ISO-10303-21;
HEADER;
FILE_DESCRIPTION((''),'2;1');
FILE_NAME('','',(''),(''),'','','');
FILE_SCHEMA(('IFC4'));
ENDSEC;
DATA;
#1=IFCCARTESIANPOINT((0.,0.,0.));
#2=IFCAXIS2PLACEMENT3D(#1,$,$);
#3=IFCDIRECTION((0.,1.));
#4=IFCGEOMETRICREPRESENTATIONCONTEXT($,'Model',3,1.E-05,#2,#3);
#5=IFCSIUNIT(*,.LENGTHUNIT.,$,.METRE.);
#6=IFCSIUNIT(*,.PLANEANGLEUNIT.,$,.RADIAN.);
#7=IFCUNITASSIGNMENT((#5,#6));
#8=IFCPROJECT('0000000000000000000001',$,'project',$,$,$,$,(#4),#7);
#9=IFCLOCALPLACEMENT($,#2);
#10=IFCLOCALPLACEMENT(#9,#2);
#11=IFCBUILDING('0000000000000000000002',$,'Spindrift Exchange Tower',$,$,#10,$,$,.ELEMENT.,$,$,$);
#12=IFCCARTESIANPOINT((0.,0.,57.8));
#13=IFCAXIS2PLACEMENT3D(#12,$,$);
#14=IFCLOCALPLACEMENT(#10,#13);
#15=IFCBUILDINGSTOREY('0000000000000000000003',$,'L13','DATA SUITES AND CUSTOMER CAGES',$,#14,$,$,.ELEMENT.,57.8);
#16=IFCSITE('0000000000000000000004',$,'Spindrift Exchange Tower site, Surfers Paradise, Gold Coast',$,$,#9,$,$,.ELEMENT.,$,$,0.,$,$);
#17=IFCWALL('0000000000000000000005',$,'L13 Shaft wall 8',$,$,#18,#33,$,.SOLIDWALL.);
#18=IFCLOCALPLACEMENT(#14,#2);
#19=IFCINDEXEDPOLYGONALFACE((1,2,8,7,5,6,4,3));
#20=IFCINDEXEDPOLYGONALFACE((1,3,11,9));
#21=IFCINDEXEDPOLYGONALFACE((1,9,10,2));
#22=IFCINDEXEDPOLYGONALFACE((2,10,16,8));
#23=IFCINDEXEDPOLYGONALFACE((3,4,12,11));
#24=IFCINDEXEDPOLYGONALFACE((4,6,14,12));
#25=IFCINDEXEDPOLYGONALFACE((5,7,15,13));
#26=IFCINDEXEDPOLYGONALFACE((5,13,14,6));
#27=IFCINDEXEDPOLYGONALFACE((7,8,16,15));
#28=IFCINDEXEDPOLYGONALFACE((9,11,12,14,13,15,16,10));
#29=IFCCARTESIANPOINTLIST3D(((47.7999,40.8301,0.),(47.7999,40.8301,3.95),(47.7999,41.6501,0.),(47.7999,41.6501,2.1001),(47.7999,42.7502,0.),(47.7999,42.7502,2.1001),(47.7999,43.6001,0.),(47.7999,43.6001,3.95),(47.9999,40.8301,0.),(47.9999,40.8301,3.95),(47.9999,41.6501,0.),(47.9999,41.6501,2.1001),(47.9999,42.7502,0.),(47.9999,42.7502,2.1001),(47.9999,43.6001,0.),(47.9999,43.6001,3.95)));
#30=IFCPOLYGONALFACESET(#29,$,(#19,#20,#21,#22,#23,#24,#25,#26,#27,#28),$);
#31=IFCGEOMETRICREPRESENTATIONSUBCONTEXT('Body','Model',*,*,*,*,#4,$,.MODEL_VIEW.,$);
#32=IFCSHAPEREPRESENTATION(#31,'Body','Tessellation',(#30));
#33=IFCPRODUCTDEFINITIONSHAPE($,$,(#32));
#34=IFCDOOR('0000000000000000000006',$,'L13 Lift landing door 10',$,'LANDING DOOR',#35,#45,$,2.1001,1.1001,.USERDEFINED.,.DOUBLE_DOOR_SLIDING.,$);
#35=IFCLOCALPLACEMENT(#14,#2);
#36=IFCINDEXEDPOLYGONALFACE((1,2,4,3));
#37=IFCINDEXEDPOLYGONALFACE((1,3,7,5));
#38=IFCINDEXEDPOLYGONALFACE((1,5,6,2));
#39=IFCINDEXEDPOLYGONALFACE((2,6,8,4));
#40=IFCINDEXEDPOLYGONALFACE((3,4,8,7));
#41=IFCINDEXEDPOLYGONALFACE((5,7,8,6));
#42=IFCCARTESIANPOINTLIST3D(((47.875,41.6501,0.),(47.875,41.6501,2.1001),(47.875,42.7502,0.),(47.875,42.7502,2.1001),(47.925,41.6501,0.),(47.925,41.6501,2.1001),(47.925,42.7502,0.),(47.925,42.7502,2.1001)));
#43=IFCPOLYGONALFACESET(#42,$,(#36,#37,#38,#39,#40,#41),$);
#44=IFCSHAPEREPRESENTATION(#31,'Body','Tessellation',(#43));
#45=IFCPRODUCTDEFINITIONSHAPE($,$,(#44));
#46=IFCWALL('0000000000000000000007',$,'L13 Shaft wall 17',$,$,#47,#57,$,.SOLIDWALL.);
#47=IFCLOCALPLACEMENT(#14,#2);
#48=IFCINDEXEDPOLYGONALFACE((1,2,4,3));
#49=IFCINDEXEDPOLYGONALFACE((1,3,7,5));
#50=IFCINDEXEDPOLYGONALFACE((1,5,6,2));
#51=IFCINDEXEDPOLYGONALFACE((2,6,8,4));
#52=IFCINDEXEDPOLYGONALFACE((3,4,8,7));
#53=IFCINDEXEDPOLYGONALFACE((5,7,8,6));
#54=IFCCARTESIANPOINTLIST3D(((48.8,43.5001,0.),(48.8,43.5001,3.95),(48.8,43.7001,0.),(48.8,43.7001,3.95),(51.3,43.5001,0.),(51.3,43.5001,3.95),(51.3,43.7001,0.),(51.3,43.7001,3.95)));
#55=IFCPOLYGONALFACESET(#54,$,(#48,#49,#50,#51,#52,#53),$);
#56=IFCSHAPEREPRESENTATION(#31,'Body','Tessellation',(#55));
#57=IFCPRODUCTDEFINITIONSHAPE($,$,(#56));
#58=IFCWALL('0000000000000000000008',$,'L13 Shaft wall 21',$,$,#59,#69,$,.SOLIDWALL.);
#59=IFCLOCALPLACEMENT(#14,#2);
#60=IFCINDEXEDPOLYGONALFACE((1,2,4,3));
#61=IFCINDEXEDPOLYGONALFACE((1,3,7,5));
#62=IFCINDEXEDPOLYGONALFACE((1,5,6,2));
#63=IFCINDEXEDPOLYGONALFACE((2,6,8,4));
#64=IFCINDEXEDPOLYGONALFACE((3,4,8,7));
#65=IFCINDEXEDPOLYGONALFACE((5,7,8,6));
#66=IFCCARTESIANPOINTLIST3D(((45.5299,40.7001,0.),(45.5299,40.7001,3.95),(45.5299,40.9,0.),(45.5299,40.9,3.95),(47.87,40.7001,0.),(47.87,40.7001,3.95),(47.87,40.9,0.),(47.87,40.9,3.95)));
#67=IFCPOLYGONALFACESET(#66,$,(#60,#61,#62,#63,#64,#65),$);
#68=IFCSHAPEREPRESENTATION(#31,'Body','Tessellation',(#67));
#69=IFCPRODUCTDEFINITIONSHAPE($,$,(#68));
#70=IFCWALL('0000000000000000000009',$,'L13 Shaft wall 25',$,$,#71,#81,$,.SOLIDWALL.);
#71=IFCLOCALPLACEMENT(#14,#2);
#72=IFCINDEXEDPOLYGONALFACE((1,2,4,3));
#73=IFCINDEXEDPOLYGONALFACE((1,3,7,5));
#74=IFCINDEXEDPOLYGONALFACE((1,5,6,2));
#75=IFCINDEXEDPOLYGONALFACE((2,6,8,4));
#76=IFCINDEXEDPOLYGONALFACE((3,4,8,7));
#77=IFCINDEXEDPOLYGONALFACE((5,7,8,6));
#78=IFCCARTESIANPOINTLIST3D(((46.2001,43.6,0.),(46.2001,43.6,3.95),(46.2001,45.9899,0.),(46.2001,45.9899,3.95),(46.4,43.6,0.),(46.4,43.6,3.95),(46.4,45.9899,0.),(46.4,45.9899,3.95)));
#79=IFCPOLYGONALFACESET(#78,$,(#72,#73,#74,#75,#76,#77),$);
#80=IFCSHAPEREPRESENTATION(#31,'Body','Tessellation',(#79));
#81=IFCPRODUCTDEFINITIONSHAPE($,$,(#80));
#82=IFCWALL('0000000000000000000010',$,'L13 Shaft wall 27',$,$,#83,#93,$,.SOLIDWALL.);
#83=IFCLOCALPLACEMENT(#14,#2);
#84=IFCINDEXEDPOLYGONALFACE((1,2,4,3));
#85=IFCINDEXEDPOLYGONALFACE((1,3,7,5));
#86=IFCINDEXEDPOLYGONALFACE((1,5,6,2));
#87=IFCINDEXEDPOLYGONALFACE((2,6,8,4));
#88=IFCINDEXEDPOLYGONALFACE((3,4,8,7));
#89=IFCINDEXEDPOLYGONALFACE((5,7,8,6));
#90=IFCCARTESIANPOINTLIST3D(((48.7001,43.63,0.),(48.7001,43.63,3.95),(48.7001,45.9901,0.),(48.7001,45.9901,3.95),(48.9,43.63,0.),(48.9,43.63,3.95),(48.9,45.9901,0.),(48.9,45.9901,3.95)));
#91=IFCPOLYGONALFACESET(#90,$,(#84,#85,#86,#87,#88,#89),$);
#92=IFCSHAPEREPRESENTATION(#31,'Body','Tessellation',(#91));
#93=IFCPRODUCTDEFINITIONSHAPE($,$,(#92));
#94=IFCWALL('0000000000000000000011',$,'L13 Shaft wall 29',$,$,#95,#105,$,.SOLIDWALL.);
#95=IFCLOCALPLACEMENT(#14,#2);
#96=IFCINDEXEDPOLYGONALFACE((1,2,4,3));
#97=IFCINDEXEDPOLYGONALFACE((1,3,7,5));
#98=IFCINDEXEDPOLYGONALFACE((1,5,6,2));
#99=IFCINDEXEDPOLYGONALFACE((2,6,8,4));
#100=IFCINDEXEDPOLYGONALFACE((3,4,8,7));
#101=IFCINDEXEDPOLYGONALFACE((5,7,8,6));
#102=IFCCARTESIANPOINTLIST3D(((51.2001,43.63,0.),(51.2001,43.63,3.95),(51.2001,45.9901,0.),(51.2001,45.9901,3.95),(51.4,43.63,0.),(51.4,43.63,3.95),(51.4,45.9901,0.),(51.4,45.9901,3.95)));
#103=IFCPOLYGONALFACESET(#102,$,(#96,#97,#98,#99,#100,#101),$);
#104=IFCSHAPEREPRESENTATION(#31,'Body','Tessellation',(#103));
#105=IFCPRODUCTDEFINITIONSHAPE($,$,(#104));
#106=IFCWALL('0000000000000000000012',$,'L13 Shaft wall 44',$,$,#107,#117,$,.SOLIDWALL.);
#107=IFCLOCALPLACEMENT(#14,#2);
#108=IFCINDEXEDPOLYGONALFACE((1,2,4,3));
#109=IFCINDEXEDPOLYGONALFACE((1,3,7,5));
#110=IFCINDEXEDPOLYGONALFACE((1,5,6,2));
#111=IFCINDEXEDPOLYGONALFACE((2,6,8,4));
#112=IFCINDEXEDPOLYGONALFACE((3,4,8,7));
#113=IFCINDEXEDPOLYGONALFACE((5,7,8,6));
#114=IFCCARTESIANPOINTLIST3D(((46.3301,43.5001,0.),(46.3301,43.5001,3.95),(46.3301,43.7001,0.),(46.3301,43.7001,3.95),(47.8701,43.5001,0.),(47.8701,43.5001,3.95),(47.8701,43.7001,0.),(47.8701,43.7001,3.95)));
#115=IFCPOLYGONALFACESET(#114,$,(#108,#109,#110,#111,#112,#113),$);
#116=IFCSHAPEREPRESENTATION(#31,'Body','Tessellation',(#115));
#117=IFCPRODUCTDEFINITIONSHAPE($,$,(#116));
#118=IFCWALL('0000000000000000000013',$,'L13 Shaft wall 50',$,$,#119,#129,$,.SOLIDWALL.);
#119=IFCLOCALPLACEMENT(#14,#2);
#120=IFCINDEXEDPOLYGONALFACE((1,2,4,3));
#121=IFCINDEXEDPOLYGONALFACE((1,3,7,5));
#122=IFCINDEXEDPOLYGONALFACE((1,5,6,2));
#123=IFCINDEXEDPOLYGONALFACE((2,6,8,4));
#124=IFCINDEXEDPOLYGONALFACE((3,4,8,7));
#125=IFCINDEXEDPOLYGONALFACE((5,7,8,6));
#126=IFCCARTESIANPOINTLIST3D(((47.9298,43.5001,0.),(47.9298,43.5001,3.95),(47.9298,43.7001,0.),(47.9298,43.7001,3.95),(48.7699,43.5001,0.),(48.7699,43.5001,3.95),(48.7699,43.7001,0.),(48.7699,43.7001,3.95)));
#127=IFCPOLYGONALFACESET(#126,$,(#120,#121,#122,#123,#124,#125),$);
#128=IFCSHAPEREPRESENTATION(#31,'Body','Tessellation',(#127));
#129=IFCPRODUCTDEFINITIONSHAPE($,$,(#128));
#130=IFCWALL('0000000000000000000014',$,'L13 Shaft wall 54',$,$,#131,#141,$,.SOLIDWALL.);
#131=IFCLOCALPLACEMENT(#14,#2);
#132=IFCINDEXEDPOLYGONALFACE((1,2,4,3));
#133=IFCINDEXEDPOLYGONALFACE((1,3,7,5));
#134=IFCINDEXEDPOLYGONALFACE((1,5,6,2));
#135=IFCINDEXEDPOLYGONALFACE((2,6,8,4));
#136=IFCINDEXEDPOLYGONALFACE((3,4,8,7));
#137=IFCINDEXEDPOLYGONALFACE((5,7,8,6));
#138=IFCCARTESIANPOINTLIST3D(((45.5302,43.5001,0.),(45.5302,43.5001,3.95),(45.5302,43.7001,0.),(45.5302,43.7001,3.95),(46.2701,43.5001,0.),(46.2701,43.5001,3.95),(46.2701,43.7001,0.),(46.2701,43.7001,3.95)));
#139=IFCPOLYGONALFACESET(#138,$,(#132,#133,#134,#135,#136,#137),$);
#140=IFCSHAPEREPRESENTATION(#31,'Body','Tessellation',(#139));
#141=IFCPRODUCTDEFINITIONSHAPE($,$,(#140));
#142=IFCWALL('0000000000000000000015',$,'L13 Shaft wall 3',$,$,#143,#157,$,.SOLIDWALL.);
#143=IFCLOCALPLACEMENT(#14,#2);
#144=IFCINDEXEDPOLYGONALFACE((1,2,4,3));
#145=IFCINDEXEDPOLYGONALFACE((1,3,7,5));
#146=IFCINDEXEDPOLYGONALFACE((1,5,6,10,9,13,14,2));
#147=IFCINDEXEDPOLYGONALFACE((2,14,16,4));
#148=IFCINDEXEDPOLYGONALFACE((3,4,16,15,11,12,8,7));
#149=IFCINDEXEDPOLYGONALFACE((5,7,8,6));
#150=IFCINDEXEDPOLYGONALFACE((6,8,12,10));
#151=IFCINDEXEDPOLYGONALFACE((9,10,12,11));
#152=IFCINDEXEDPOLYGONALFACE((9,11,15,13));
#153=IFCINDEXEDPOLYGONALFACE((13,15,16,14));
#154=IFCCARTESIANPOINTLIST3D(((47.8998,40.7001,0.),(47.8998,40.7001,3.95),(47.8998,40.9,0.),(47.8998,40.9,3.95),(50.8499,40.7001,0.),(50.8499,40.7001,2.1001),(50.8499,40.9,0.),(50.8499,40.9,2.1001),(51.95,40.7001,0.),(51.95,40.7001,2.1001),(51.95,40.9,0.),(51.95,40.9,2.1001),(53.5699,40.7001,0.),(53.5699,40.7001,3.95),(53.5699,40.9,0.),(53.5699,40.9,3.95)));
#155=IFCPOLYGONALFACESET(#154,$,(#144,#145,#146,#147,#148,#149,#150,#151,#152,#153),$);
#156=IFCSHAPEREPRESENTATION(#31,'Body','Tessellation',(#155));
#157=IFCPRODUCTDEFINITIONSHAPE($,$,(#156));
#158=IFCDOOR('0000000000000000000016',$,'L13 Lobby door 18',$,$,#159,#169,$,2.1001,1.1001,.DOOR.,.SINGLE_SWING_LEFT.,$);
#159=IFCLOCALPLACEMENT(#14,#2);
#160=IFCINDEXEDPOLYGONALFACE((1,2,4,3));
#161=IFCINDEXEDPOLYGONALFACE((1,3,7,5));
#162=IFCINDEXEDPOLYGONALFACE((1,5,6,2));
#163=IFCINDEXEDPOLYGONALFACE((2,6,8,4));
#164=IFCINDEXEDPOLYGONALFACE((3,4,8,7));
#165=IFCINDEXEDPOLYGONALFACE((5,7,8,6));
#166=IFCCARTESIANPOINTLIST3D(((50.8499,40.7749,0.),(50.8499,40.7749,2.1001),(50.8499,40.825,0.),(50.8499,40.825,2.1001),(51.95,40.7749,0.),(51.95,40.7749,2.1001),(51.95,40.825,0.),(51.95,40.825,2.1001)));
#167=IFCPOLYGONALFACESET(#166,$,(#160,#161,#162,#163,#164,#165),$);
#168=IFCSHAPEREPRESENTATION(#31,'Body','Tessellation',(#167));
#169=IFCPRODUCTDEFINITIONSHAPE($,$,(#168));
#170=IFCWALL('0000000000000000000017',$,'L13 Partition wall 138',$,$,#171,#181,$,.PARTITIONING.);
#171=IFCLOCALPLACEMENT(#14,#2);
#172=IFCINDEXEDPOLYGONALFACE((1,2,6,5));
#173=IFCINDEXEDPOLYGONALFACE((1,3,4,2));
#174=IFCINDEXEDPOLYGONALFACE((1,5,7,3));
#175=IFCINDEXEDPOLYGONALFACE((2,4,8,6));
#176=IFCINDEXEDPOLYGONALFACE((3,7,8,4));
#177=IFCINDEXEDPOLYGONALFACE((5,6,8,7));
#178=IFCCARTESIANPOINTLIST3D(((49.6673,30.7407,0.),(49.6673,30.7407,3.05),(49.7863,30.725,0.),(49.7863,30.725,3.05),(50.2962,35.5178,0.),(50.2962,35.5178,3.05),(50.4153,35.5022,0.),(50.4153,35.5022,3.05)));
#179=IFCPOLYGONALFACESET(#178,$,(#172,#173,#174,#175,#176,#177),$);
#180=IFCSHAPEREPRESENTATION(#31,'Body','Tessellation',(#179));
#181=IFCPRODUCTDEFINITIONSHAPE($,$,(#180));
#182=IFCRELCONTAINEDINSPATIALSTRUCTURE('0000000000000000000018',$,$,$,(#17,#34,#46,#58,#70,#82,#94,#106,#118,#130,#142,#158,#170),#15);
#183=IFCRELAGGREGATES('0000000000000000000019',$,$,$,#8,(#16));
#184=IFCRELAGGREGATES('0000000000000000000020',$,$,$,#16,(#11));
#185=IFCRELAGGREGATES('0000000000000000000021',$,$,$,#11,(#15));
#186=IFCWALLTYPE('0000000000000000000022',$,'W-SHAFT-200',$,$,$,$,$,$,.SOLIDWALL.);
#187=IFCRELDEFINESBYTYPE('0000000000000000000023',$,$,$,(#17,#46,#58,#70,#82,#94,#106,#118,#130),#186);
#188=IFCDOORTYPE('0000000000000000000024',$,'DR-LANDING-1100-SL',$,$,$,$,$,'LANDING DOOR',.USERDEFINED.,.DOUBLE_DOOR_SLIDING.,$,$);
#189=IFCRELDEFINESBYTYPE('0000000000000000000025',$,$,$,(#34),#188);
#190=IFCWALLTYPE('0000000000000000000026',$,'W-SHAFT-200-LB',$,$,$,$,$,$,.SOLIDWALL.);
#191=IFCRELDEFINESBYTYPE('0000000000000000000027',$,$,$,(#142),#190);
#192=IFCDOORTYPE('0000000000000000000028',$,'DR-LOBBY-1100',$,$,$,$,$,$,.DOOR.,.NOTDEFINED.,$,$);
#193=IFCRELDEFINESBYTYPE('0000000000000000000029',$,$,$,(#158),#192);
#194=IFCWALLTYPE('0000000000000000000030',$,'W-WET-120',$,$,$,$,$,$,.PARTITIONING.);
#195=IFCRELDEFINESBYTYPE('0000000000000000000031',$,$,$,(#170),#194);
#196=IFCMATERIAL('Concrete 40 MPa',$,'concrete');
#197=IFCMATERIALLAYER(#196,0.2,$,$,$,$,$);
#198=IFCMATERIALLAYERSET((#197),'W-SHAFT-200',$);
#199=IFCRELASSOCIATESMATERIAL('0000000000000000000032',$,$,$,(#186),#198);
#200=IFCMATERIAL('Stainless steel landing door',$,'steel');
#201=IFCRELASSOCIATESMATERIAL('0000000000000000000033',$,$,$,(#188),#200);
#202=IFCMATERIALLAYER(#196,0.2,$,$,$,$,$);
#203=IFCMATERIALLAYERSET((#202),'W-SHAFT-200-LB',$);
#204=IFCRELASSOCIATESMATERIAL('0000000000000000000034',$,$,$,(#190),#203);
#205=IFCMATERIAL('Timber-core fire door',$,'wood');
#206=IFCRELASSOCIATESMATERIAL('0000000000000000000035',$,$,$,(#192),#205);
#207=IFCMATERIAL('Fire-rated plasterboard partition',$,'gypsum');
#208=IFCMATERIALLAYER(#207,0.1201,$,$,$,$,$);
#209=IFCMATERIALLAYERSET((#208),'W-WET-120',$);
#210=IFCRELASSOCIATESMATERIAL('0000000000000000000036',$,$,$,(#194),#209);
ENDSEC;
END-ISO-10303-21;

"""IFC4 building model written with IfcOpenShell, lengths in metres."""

from ifc_helpers import new_model, si_unit, direction, frame, frame_2d, origin, place, context, subcontext, project, spatial, rectangle, extrude, source, transform, mapped, material, layer, layer_set, type_object, element, fill, save


model = new_model("IFC4")

# Units and contexts
model_context = context("Model", 3, precision=1e-05, world=origin(), true_north=direction((0.0, 1.0)))
body_context = subcontext(model_context, "Body", "Model", "MODEL_VIEW")
ifc_project = project(units=[si_unit("LENGTHUNIT", "METRE"), si_unit("PLANEANGLEUNIT", "RADIAN")], contexts=[model_context])

# Site, building, storey
site_placement = place(None, origin())
site = spatial("IfcSite", under=ifc_project, at=site_placement, Name="Spindrift Exchange Tower site, Surfers Paradise, Gold Coast", CompositionType="ELEMENT", RefElevation=0.0)
building_placement = place(site_placement, origin())
building = spatial("IfcBuilding", under=site, at=building_placement, Name="Spindrift Exchange Tower", CompositionType="ELEMENT")
storey_placement = place(building_placement, frame((0.0, 0.0, 57.8)))
storey = spatial("IfcBuildingStorey", under=building, at=storey_placement, Name="L13", Description="DATA SUITES AND CUSTOMER CAGES", CompositionType="ELEMENT", Elevation=57.8)

# Shared definitions
ifc_material_1 = material(Name="Fire-rated plasterboard partition", Category="gypsum")
ifc_material_2 = material(Name="Concrete 40 MPa", Category="concrete")
ifc_layer_1 = layer(ifc_material_2, 0.2)
ifc_layer_set_1 = layer_set([ifc_layer_1], Name="W-SHAFT-200")
wall_type_1 = type_object("IfcWallType", Name="W-SHAFT-200", PredefinedType="SOLIDWALL", material=ifc_layer_set_1)

# Wall, opening, door
wall_1_placement = place(storey_placement, frame((47.8999, 40.8301, 0.0), z_axis=(0.0, 0.0, 1.0), x_axis=(0.0, 1.0, 0.0)))
wall_1 = element("IfcWall", 1, at=wall_1_placement, inside=storey, type_object=wall_type_1, Name="L13 Shaft wall 8", PredefinedType="SOLIDWALL", context=body_context, shape_type="SweptSolid", body=[
    extrude(rectangle(XDim=2.77, YDim=0.2, at=frame_2d((1.385, 0.0))), origin(), (0.0, 0.0, 1.0), 3.95),
])
opening_1_placement = place(wall_1_placement, frame((0.8201, 0.0, 0.0)))
opening_1 = element("IfcOpeningElement", 2, at=opening_1_placement, cuts=wall_1, PredefinedType="OPENING", context=body_context, shape_type="SweptSolid", body=[
    extrude(rectangle(XDim=1.1001, YDim=2.1001, at=frame_2d((0.55, 1.05))), frame((0.0, 0.1099, 0.0), z_axis=(0.0, -1.0, 0.0), x_axis=(1.0, 0.0, 0.0)), (0.0, 0.0, 1.0), 0.22),
])
ifc_material_3 = material(Name="Stainless steel landing door", Category="steel")
door_type_1 = type_object("IfcDoorType", Name="DR-LANDING-1100-SL", ElementType="LANDING DOOR", OperationType="DOUBLE_DOOR_SLIDING", PredefinedType="USERDEFINED", material=ifc_material_3)
shared_shape_1 = source(origin(), body_context, "Body", "SweptSolid", [
    extrude(rectangle(XDim=1.1001, YDim=2.1001, at=frame_2d((0.55, 1.05))), frame((0.0, 0.0249, 0.0), z_axis=(0.0, -1.0, 0.0), x_axis=(1.0, 0.0, 0.0)), (0.0, 0.0, 1.0), 0.05),
])
door_1_placement = place(opening_1_placement, origin())
door_1 = element("IfcDoor", 3, at=door_1_placement, inside=storey, type_object=door_type_1, Name="L13 Lift landing door 10", ObjectType="LANDING DOOR", OperationType="DOUBLE_DOOR_SLIDING", OverallHeight=2.1001, OverallWidth=1.1001, PredefinedType="USERDEFINED", context=body_context, shape_type="MappedRepresentation", body=[
    mapped(shared_shape_1, transform((0.0, 0.0, 0.0), scale=1.0)),
])
fill(opening_1, door_1)

# Walls
wall_2_placement = place(storey_placement, frame((48.8, 43.6001, 0.0), z_axis=(0.0, 0.0, 1.0), x_axis=(1.0, 0.0, 0.0)))
element("IfcWall", 4, at=wall_2_placement, inside=storey, type_object=wall_type_1, Name="L13 Shaft wall 17", PredefinedType="SOLIDWALL", context=body_context, shape_type="SweptSolid", body=[
    extrude(rectangle(XDim=2.5, YDim=0.2, at=frame_2d((1.25, 0.0))), origin(), (0.0, 0.0, 1.0), 3.95),
])
wall_3_placement = place(storey_placement, frame((45.53, 40.8, 0.0), z_axis=(0.0, 0.0, 1.0), x_axis=(1.0, 0.0, 0.0)))
element("IfcWall", 5, at=wall_3_placement, inside=storey, type_object=wall_type_1, Name="L13 Shaft wall 21", PredefinedType="SOLIDWALL", context=body_context, shape_type="SweptSolid", body=[
    extrude(rectangle(XDim=2.3401, YDim=0.2, at=frame_2d((1.1699, 0.0))), origin(), (0.0, 0.0, 1.0), 3.95),
])
wall_4_placement = place(storey_placement, frame((46.3, 43.6001, 0.0), z_axis=(0.0, 0.0, 1.0), x_axis=(0.0, 1.0, 0.0)))
element("IfcWall", 6, at=wall_4_placement, inside=storey, type_object=wall_type_1, Name="L13 Shaft wall 25", PredefinedType="SOLIDWALL", context=body_context, shape_type="SweptSolid", body=[
    extrude(rectangle(XDim=2.3899, YDim=0.2, at=frame_2d((1.1948, 0.0))), origin(), (0.0, 0.0, 1.0), 3.95),
])
for number, where, z_axis, x_axis, name in (
    (7, (48.8, 43.6299, 0.0), (0.0, 0.0, 1.0), (0.0, 1.0, 0.0), "L13 Shaft wall 27"),
    (8, (51.3, 43.6299, 0.0), (0.0, 0.0, 1.0), (0.0, 1.0, 0.0), "L13 Shaft wall 29"),
):
    element("IfcWall", number, at=place(storey_placement, frame(where, z_axis=z_axis, x_axis=x_axis)), inside=storey, type_object=wall_type_1, Name=name, PredefinedType="SOLIDWALL", context=body_context, shape_type="SweptSolid", body=[
        extrude(rectangle(XDim=2.3601, YDim=0.2, at=frame_2d((1.1802, 0.0))), origin(), (0.0, 0.0, 1.0), 3.95),
    ])
wall_5_placement = place(storey_placement, frame((46.3301, 43.6001, 0.0), z_axis=(0.0, 0.0, 1.0), x_axis=(1.0, 0.0, 0.0)))
element("IfcWall", 9, at=wall_5_placement, inside=storey, type_object=wall_type_1, Name="L13 Shaft wall 44", PredefinedType="SOLIDWALL", context=body_context, shape_type="SweptSolid", body=[
    extrude(rectangle(XDim=1.54, YDim=0.2, at=frame_2d((0.77, 0.0))), origin(), (0.0, 0.0, 1.0), 3.95),
])
wall_6_placement = place(storey_placement, frame((47.9299, 43.6001, 0.0), z_axis=(0.0, 0.0, 1.0), x_axis=(1.0, 0.0, 0.0)))
element("IfcWall", 10, at=wall_6_placement, inside=storey, type_object=wall_type_1, Name="L13 Shaft wall 50", PredefinedType="SOLIDWALL", context=body_context, shape_type="SweptSolid", body=[
    extrude(rectangle(XDim=0.8401, YDim=0.2, at=frame_2d((0.4199, 0.0))), origin(), (0.0, 0.0, 1.0), 3.95),
])
wall_7_placement = place(storey_placement, frame((45.53, 43.6001, 0.0), z_axis=(0.0, 0.0, 1.0), x_axis=(1.0, 0.0, 0.0)))
element("IfcWall", 11, at=wall_7_placement, inside=storey, type_object=wall_type_1, Name="L13 Shaft wall 54", PredefinedType="SOLIDWALL", context=body_context, shape_type="SweptSolid", body=[
    extrude(rectangle(XDim=0.74, YDim=0.2, at=frame_2d((0.3701, 0.0))), origin(), (0.0, 0.0, 1.0), 3.95),
])

# Wall, opening, door
ifc_layer_2 = layer(ifc_material_2, 0.2)
ifc_layer_set_2 = layer_set([ifc_layer_2], Name="W-SHAFT-200-LB")
wall_type_2 = type_object("IfcWallType", Name="W-SHAFT-200-LB", PredefinedType="SOLIDWALL", material=ifc_layer_set_2)
wall_8_placement = place(storey_placement, frame((47.8999, 40.8, 0.0), z_axis=(0.0, 0.0, 1.0), x_axis=(1.0, 0.0, 0.0)))
wall_8 = element("IfcWall", 12, at=wall_8_placement, inside=storey, type_object=wall_type_2, Name="L13 Shaft wall 3", PredefinedType="SOLIDWALL", context=body_context, shape_type="SweptSolid", body=[
    extrude(rectangle(XDim=5.6702, YDim=0.2, at=frame_2d((2.835, 0.0))), origin(), (0.0, 0.0, 1.0), 3.95),
])
opening_2_placement = place(wall_8_placement, frame((2.95, 0.0, 0.0)))
opening_2 = element("IfcOpeningElement", 13, at=opening_2_placement, cuts=wall_8, PredefinedType="OPENING", context=body_context, shape_type="SweptSolid", body=[
    extrude(rectangle(XDim=1.1001, YDim=2.1001, at=frame_2d((0.55, 1.05))), frame((0.0, 0.1099, 0.0), z_axis=(0.0, -1.0, 0.0), x_axis=(1.0, 0.0, 0.0)), (0.0, 0.0, 1.0), 0.22),
])
ifc_material_4 = material(Name="Timber-core fire door", Category="wood")
door_type_2 = type_object("IfcDoorType", Name="DR-LOBBY-1100", OperationType="NOTDEFINED", PredefinedType="DOOR", material=ifc_material_4)
shared_shape_2 = source(origin(), body_context, "Body", "SweptSolid", [
    extrude(rectangle(XDim=1.1001, YDim=2.1001, at=frame_2d((0.55, 1.05))), frame((0.0, 0.0249, 0.0), z_axis=(0.0, -1.0, 0.0), x_axis=(1.0, 0.0, 0.0)), (0.0, 0.0, 1.0), 0.05),
])
door_2_placement = place(opening_2_placement, origin())
door_2 = element("IfcDoor", 14, at=door_2_placement, inside=storey, type_object=door_type_2, Name="L13 Lobby door 18", OperationType="SINGLE_SWING_LEFT", OverallHeight=2.1001, OverallWidth=1.1001, PredefinedType="DOOR", context=body_context, shape_type="MappedRepresentation", body=[
    mapped(shared_shape_2, transform((0.0, 0.0, 0.0), scale=1.0)),
])
fill(opening_2, door_2)

# Wall
ifc_layer_3 = layer(ifc_material_1, 0.1201)
ifc_layer_set_3 = layer_set([ifc_layer_3], Name="W-WET-120")
wall_type_3 = type_object("IfcWallType", Name="W-WET-120", PredefinedType="PARTITIONING", material=ifc_layer_set_3)
wall_9_placement = place(storey_placement, frame((50.3557, 35.51, 0.0), z_axis=(0.0, 0.0, 1.0), x_axis=(-0.130524, -0.991445, 0.0)))
element("IfcWall", 15, at=wall_9_placement, inside=storey, type_object=wall_type_3, Name="L13 Partition wall 138", PredefinedType="PARTITIONING", context=body_context, shape_type="SweptSolid", body=[
    extrude(rectangle(XDim=4.8184, YDim=0.1201, at=frame_2d((2.4092, 0.0))), origin(), (0.0, 0.0, 1.0), 3.05),
])

save(model, "model.ifc")
